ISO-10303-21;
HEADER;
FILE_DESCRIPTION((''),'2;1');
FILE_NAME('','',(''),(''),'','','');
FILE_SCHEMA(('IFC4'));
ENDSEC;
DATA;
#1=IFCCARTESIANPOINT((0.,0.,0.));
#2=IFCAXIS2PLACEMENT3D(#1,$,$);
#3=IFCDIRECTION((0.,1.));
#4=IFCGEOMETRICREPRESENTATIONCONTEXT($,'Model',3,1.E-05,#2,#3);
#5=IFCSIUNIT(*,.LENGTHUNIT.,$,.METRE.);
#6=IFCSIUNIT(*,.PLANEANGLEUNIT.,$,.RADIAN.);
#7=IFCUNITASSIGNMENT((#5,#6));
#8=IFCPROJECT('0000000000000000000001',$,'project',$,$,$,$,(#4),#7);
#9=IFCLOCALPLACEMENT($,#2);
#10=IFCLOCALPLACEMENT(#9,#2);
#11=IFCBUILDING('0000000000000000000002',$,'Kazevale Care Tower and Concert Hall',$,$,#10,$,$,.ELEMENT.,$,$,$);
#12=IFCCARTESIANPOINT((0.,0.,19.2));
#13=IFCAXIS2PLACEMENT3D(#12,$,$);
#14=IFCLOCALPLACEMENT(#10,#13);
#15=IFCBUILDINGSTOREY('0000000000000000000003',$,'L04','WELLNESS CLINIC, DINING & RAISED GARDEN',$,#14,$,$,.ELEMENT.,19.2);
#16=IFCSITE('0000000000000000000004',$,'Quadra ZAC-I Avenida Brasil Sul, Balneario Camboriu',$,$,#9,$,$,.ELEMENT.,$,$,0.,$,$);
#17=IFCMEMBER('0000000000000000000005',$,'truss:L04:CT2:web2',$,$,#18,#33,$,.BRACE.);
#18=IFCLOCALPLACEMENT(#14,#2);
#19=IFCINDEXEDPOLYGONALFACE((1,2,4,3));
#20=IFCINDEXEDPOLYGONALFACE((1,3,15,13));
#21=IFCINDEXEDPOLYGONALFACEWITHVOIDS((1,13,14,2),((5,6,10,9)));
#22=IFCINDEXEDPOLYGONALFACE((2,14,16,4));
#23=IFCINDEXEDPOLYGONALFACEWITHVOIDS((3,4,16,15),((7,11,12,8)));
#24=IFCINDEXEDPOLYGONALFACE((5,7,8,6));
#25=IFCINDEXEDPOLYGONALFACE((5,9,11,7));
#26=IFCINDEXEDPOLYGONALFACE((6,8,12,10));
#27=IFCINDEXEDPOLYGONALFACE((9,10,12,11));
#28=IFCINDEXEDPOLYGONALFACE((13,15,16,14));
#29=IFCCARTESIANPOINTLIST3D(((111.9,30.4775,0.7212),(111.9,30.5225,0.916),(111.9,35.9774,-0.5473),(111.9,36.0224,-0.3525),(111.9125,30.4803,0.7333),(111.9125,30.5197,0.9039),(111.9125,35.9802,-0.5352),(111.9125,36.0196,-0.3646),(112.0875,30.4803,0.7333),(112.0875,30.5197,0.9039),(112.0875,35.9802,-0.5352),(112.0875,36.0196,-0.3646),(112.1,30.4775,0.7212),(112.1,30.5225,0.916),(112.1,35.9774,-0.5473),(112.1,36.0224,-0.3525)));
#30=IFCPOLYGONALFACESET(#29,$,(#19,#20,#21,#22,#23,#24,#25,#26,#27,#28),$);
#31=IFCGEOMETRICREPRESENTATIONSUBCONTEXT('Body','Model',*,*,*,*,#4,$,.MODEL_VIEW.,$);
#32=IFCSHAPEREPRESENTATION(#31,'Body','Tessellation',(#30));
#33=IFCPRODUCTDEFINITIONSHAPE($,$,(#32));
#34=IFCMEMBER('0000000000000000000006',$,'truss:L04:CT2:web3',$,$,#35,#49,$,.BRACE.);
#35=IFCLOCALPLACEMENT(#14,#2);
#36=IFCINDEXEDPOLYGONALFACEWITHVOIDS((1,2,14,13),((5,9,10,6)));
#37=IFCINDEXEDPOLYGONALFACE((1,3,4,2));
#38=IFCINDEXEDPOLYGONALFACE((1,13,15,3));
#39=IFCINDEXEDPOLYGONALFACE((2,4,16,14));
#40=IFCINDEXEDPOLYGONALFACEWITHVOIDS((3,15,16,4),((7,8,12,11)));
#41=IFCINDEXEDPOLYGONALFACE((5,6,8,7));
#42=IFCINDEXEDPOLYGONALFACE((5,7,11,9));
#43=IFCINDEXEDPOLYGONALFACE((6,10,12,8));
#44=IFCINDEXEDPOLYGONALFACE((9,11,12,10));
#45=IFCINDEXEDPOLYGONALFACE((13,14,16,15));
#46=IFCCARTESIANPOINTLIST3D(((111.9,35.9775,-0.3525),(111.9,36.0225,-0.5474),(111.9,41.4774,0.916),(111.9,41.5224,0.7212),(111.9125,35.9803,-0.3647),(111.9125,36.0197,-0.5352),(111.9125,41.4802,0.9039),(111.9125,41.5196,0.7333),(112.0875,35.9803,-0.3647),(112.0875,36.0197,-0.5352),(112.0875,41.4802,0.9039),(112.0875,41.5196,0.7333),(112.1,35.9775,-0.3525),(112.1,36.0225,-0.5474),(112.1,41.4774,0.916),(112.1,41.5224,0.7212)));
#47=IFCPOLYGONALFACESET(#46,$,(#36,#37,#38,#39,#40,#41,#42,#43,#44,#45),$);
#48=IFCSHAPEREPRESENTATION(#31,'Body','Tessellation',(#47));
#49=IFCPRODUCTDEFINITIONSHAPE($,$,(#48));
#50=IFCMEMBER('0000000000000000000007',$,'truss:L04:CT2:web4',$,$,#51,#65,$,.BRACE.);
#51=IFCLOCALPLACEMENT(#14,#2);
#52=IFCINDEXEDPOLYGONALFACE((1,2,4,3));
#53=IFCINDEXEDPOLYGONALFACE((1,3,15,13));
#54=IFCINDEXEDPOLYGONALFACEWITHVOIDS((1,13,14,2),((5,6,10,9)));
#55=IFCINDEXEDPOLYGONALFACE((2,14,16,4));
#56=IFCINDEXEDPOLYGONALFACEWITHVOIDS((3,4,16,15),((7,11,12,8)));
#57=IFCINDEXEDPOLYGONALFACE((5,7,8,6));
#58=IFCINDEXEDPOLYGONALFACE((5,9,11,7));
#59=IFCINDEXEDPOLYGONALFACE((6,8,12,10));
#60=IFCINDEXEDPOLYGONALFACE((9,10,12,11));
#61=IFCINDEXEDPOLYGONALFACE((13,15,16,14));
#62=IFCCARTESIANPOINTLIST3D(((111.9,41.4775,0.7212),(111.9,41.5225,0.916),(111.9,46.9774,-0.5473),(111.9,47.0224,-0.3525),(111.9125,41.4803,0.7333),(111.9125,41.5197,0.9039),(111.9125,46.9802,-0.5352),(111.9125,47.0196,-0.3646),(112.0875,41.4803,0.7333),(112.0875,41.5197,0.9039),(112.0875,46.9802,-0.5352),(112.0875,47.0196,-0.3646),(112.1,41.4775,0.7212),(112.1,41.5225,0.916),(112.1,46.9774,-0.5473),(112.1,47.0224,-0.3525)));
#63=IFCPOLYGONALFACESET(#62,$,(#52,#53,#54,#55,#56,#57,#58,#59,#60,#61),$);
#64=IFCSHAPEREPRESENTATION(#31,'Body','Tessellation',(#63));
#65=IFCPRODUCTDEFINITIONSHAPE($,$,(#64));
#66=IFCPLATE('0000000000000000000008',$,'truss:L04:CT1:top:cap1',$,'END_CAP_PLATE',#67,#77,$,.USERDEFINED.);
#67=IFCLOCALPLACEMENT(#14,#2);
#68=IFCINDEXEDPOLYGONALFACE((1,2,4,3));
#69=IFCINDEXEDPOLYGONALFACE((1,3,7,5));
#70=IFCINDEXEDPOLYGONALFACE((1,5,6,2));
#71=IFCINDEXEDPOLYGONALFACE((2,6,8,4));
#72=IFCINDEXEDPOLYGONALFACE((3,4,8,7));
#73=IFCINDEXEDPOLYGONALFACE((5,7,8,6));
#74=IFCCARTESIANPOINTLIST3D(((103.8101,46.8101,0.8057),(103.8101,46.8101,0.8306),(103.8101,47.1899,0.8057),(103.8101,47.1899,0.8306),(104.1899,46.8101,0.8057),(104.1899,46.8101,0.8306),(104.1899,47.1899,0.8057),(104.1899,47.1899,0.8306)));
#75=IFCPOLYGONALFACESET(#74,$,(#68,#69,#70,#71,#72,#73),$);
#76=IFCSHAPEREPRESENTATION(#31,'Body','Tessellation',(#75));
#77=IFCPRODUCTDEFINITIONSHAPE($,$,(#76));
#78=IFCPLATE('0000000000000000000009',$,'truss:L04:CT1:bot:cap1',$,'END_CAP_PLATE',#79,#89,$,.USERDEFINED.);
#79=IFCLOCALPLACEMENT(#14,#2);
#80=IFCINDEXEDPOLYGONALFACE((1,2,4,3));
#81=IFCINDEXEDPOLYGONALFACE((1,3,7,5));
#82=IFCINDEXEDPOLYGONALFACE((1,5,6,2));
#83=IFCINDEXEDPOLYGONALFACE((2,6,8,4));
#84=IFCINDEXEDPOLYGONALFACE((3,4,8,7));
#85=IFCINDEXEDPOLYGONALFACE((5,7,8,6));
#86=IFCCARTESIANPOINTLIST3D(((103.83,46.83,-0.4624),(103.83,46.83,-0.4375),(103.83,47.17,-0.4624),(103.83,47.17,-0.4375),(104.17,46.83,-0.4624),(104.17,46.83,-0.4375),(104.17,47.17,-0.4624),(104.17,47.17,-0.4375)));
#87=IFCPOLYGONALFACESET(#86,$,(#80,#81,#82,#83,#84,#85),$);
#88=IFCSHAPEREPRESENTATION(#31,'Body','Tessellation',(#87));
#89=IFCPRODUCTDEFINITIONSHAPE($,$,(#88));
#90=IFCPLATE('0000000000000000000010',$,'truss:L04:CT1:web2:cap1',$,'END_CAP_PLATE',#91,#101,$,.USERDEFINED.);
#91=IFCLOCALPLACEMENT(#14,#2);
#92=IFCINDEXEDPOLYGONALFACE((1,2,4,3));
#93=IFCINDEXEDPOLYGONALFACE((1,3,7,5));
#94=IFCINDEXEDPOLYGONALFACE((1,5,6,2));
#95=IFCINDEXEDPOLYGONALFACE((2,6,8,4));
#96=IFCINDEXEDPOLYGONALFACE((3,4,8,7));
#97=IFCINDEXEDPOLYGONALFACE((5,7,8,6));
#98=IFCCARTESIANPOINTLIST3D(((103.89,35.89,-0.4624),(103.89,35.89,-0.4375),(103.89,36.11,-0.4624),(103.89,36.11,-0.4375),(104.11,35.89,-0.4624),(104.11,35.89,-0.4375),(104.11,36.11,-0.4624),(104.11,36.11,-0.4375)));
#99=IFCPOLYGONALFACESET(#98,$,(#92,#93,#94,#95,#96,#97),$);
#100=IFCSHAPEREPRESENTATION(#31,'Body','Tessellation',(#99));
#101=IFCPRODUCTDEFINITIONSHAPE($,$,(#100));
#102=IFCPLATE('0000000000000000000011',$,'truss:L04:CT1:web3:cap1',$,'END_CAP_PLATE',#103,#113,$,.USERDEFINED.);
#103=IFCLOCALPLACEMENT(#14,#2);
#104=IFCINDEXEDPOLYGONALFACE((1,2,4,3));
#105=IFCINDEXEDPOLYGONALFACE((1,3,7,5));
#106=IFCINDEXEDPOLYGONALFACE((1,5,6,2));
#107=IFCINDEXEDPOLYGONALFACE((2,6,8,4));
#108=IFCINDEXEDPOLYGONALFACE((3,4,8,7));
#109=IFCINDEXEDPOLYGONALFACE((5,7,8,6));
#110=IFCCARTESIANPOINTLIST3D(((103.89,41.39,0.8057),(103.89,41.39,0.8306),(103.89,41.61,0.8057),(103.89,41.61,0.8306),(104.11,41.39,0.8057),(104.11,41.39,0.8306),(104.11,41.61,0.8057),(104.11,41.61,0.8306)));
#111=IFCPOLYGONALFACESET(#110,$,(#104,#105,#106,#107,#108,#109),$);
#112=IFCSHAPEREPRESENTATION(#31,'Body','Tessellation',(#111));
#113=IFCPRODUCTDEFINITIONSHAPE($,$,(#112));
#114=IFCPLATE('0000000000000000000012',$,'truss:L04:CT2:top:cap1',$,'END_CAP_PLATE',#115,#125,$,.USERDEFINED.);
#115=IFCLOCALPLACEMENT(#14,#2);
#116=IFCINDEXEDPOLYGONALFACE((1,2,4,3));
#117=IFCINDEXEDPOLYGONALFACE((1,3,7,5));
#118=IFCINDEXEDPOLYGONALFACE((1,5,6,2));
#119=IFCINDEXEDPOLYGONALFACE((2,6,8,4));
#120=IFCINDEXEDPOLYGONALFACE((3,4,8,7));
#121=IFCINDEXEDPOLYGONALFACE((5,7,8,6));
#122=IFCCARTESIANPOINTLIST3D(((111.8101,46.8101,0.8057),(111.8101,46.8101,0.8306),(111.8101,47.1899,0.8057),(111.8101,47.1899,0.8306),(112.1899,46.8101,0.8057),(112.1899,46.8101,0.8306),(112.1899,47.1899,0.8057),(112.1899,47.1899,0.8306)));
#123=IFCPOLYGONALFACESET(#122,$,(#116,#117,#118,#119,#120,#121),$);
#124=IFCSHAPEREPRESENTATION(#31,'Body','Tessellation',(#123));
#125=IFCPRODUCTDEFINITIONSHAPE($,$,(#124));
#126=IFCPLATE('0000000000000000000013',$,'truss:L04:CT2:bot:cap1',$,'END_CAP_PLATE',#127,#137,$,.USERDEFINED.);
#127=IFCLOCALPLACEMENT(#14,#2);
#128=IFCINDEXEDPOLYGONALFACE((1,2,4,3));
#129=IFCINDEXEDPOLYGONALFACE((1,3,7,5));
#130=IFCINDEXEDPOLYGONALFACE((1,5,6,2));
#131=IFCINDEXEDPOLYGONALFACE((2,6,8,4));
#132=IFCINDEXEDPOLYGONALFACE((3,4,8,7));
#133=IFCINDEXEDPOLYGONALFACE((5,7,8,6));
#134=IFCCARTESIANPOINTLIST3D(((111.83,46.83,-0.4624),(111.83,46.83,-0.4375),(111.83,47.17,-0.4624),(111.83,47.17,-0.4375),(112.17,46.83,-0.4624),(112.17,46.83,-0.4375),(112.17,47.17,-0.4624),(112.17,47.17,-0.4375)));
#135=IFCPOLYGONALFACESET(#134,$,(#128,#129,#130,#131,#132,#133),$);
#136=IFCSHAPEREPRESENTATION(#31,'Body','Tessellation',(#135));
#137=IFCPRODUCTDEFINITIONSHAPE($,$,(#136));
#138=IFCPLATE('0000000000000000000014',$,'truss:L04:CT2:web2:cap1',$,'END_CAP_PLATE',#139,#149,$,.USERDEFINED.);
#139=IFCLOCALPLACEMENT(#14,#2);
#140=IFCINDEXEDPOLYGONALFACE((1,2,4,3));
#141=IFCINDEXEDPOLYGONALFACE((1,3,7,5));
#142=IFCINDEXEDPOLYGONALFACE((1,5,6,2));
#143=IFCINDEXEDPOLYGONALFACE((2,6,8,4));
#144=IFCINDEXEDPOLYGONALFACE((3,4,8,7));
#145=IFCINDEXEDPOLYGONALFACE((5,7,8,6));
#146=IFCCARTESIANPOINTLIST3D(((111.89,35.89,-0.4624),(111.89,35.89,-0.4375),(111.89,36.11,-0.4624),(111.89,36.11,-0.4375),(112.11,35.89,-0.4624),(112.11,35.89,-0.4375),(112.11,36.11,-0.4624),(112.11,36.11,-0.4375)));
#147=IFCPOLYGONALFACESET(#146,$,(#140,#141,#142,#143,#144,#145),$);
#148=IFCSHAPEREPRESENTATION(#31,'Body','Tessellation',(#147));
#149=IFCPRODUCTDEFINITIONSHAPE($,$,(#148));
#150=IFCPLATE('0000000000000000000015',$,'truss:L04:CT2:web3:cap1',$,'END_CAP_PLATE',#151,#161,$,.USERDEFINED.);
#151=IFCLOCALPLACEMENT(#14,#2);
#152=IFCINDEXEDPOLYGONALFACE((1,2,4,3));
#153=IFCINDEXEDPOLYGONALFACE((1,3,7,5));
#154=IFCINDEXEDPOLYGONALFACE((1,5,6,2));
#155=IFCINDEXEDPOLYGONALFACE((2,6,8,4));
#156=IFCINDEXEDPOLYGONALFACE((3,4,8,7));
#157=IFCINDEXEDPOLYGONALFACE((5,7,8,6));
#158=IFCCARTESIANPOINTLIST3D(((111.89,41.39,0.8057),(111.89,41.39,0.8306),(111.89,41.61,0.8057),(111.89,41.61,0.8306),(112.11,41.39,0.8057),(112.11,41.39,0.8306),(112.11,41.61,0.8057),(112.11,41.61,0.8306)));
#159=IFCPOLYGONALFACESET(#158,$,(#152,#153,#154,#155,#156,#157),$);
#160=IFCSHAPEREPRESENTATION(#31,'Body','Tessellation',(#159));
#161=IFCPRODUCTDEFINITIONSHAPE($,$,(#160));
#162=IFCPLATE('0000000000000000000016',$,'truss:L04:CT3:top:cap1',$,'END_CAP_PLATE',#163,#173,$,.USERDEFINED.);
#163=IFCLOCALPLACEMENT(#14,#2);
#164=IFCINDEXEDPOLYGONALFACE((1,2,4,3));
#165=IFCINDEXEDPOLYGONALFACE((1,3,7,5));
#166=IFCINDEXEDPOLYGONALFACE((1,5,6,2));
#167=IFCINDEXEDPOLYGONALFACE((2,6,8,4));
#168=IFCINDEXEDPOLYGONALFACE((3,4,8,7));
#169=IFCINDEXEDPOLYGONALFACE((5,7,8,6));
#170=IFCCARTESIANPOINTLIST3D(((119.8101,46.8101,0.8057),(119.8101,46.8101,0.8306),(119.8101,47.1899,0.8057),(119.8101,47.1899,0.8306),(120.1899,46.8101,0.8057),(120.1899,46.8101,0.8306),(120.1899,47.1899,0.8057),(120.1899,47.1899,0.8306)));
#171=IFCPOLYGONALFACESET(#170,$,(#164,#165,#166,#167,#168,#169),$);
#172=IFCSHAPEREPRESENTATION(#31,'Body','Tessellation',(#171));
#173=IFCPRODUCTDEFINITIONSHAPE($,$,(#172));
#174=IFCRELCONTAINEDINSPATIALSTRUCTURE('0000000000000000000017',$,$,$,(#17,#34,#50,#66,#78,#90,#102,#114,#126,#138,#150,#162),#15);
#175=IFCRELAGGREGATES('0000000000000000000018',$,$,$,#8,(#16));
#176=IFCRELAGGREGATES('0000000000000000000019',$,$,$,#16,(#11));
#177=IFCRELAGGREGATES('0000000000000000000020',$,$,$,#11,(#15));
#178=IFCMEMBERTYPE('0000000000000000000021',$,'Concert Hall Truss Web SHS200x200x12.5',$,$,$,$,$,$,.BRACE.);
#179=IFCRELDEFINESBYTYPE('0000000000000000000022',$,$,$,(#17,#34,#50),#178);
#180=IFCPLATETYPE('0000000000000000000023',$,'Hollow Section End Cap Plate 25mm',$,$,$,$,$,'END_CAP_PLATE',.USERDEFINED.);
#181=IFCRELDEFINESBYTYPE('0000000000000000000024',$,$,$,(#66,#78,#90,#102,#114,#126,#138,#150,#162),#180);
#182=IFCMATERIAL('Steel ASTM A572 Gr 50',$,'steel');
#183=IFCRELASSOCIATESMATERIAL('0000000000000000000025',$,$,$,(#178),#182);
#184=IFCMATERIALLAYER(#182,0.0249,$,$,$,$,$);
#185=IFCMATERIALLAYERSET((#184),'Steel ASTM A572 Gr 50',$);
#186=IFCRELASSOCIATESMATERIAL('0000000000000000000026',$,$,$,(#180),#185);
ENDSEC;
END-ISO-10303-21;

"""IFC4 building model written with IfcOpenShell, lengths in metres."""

from ifc_helpers import new_model, si_unit, direction, frame, origin, origin_2d, place, context, subcontext, project, spatial, rectangle, hollow_rectangle, extrude, material, layer, layer_set, material_profile, profile_set, type_object, element, save


model = new_model("IFC4")

# Units and contexts
model_context = context("Model", 3, precision=1e-05, world=origin(), true_north=direction((0.0, 1.0)))
body_context = subcontext(model_context, "Body", "Model", "MODEL_VIEW")
ifc_project = project(units=[si_unit("LENGTHUNIT", "METRE"), si_unit("PLANEANGLEUNIT", "RADIAN")], contexts=[model_context])

# Site, building, storey
site_placement = place(None, origin())
site = spatial("IfcSite", under=ifc_project, at=site_placement, Name="Quadra ZAC-I Avenida Brasil Sul, Balneario Camboriu", CompositionType="ELEMENT", RefElevation=0.0)
building_placement = place(site_placement, origin())
building = spatial("IfcBuilding", under=site, at=building_placement, Name="Kazevale Care Tower and Concert Hall", CompositionType="ELEMENT")
storey_placement = place(building_placement, frame((0.0, 0.0, 19.2)))
storey = spatial("IfcBuildingStorey", under=building, at=storey_placement, Name="L04", Description="WELLNESS CLINIC, DINING & RAISED GARDEN", CompositionType="ELEMENT", Elevation=19.2)

# Shared definitions
ifc_material_1 = material(Name="Steel ASTM A572 Gr 50", Category="steel")

# Members
ifc_material_profile_1 = material_profile(ifc_material_1, hollow_rectangle(XDim=0.2, YDim=0.2, WallThickness=0.0125, at=origin_2d()), Name="SHS200x200x12.5")
ifc_profile_set_1 = profile_set([ifc_material_profile_1], Name="Steel ASTM A572 Gr 50")
member_type = type_object("IfcMemberType", Name="Concert Hall Truss Web SHS200x200x12.5", PredefinedType="BRACE", material=ifc_profile_set_1)
for number, where, z_axis, x_axis, name in (
    (1, (112.0, 30.5, 0.8186), (0.0, 0.974417, -0.224746), (-1.0, 0.0, 0.0), "truss:L04:CT2:web2"),
    (2, (112.0, 36.0, -0.45), (0.0, 0.974417, 0.224746), (-1.0, 0.0, 0.0), "truss:L04:CT2:web3"),
    (3, (112.0, 41.5, 0.8186), (0.0, 0.974417, -0.224746), (-1.0, 0.0, 0.0), "truss:L04:CT2:web4"),
):
    element("IfcMember", number, at=place(storey_placement, frame(where, z_axis=z_axis, x_axis=x_axis)), inside=storey, type_object=member_type, Name=name, PredefinedType="BRACE", context=body_context, shape_type="SweptSolid", body=[
        extrude(hollow_rectangle(XDim=0.2, YDim=0.2, WallThickness=0.0125, at=origin_2d()), origin(), (0.0, 0.0, 1.0), 5.6443),
    ])

# Plates
ifc_layer = layer(ifc_material_1, 0.0249)
ifc_layer_set = layer_set([ifc_layer], Name="Steel ASTM A572 Gr 50")
plate_type = type_object("IfcPlateType", Name="Hollow Section End Cap Plate 25mm", ElementType="END_CAP_PLATE", PredefinedType="USERDEFINED", material=ifc_layer_set)
plate_1_placement = place(storey_placement, frame((104.0, 47.0, 0.8057), z_axis=(0.0, 0.0, 1.0), x_axis=(1.0, 0.0, 0.0)))
element("IfcPlate", 4, at=plate_1_placement, inside=storey, type_object=plate_type, Name="truss:L04:CT1:top:cap1", ObjectType="END_CAP_PLATE", PredefinedType="USERDEFINED", context=body_context, shape_type="SweptSolid", body=[
    extrude(rectangle(XDim=0.3799, YDim=0.3799, at=origin_2d()), origin(), (0.0, 0.0, 1.0), 0.0249),
])
plate_2_placement = place(storey_placement, frame((104.0, 47.0, -0.4624), z_axis=(0.0, 0.0, 1.0), x_axis=(1.0, 0.0, 0.0)))
element("IfcPlate", 5, at=plate_2_placement, inside=storey, type_object=plate_type, Name="truss:L04:CT1:bot:cap1", ObjectType="END_CAP_PLATE", PredefinedType="USERDEFINED", context=body_context, shape_type="SweptSolid", body=[
    extrude(rectangle(XDim=0.3401, YDim=0.3401, at=origin_2d()), origin(), (0.0, 0.0, 1.0), 0.0249),
])
for number, where, z_axis, x_axis, name in (
    (6, (104.0, 36.0, -0.4624), (0.0, 0.0, 1.0), (1.0, 0.0, 0.0), "truss:L04:CT1:web2:cap1"),
    (7, (104.0, 41.5, 0.8057), (0.0, 0.0, 1.0), (1.0, 0.0, 0.0), "truss:L04:CT1:web3:cap1"),
):
    element("IfcPlate", number, at=place(storey_placement, frame(where, z_axis=z_axis, x_axis=x_axis)), inside=storey, type_object=plate_type, Name=name, ObjectType="END_CAP_PLATE", PredefinedType="USERDEFINED", context=body_context, shape_type="SweptSolid", body=[
        extrude(rectangle(XDim=0.22, YDim=0.22, at=origin_2d()), origin(), (0.0, 0.0, 1.0), 0.0249),
    ])
plate_3_placement = place(storey_placement, frame((112.0, 47.0, 0.8057), z_axis=(0.0, 0.0, 1.0), x_axis=(1.0, 0.0, 0.0)))
element("IfcPlate", 8, at=plate_3_placement, inside=storey, type_object=plate_type, Name="truss:L04:CT2:top:cap1", ObjectType="END_CAP_PLATE", PredefinedType="USERDEFINED", context=body_context, shape_type="SweptSolid", body=[
    extrude(rectangle(XDim=0.3799, YDim=0.3799, at=origin_2d()), origin(), (0.0, 0.0, 1.0), 0.0249),
])
plate_4_placement = place(storey_placement, frame((112.0, 47.0, -0.4624), z_axis=(0.0, 0.0, 1.0), x_axis=(1.0, 0.0, 0.0)))
element("IfcPlate", 9, at=plate_4_placement, inside=storey, type_object=plate_type, Name="truss:L04:CT2:bot:cap1", ObjectType="END_CAP_PLATE", PredefinedType="USERDEFINED", context=body_context, shape_type="SweptSolid", body=[
    extrude(rectangle(XDim=0.3401, YDim=0.3401, at=origin_2d()), origin(), (0.0, 0.0, 1.0), 0.0249),
])
for number, where, z_axis, x_axis, name in (
    (10, (112.0, 36.0, -0.4624), (0.0, 0.0, 1.0), (1.0, 0.0, 0.0), "truss:L04:CT2:web2:cap1"),
    (11, (112.0, 41.5, 0.8057), (0.0, 0.0, 1.0), (1.0, 0.0, 0.0), "truss:L04:CT2:web3:cap1"),
):
    element("IfcPlate", number, at=place(storey_placement, frame(where, z_axis=z_axis, x_axis=x_axis)), inside=storey, type_object=plate_type, Name=name, ObjectType="END_CAP_PLATE", PredefinedType="USERDEFINED", context=body_context, shape_type="SweptSolid", body=[
        extrude(rectangle(XDim=0.22, YDim=0.22, at=origin_2d()), origin(), (0.0, 0.0, 1.0), 0.0249),
    ])
plate_5_placement = place(storey_placement, frame((120.0, 47.0, 0.8057), z_axis=(0.0, 0.0, 1.0), x_axis=(1.0, 0.0, 0.0)))
element("IfcPlate", 12, at=plate_5_placement, inside=storey, type_object=plate_type, Name="truss:L04:CT3:top:cap1", ObjectType="END_CAP_PLATE", PredefinedType="USERDEFINED", context=body_context, shape_type="SweptSolid", body=[
    extrude(rectangle(XDim=0.3799, YDim=0.3799, at=origin_2d()), origin(), (0.0, 0.0, 1.0), 0.0249),
])

save(model, "model.ifc")
